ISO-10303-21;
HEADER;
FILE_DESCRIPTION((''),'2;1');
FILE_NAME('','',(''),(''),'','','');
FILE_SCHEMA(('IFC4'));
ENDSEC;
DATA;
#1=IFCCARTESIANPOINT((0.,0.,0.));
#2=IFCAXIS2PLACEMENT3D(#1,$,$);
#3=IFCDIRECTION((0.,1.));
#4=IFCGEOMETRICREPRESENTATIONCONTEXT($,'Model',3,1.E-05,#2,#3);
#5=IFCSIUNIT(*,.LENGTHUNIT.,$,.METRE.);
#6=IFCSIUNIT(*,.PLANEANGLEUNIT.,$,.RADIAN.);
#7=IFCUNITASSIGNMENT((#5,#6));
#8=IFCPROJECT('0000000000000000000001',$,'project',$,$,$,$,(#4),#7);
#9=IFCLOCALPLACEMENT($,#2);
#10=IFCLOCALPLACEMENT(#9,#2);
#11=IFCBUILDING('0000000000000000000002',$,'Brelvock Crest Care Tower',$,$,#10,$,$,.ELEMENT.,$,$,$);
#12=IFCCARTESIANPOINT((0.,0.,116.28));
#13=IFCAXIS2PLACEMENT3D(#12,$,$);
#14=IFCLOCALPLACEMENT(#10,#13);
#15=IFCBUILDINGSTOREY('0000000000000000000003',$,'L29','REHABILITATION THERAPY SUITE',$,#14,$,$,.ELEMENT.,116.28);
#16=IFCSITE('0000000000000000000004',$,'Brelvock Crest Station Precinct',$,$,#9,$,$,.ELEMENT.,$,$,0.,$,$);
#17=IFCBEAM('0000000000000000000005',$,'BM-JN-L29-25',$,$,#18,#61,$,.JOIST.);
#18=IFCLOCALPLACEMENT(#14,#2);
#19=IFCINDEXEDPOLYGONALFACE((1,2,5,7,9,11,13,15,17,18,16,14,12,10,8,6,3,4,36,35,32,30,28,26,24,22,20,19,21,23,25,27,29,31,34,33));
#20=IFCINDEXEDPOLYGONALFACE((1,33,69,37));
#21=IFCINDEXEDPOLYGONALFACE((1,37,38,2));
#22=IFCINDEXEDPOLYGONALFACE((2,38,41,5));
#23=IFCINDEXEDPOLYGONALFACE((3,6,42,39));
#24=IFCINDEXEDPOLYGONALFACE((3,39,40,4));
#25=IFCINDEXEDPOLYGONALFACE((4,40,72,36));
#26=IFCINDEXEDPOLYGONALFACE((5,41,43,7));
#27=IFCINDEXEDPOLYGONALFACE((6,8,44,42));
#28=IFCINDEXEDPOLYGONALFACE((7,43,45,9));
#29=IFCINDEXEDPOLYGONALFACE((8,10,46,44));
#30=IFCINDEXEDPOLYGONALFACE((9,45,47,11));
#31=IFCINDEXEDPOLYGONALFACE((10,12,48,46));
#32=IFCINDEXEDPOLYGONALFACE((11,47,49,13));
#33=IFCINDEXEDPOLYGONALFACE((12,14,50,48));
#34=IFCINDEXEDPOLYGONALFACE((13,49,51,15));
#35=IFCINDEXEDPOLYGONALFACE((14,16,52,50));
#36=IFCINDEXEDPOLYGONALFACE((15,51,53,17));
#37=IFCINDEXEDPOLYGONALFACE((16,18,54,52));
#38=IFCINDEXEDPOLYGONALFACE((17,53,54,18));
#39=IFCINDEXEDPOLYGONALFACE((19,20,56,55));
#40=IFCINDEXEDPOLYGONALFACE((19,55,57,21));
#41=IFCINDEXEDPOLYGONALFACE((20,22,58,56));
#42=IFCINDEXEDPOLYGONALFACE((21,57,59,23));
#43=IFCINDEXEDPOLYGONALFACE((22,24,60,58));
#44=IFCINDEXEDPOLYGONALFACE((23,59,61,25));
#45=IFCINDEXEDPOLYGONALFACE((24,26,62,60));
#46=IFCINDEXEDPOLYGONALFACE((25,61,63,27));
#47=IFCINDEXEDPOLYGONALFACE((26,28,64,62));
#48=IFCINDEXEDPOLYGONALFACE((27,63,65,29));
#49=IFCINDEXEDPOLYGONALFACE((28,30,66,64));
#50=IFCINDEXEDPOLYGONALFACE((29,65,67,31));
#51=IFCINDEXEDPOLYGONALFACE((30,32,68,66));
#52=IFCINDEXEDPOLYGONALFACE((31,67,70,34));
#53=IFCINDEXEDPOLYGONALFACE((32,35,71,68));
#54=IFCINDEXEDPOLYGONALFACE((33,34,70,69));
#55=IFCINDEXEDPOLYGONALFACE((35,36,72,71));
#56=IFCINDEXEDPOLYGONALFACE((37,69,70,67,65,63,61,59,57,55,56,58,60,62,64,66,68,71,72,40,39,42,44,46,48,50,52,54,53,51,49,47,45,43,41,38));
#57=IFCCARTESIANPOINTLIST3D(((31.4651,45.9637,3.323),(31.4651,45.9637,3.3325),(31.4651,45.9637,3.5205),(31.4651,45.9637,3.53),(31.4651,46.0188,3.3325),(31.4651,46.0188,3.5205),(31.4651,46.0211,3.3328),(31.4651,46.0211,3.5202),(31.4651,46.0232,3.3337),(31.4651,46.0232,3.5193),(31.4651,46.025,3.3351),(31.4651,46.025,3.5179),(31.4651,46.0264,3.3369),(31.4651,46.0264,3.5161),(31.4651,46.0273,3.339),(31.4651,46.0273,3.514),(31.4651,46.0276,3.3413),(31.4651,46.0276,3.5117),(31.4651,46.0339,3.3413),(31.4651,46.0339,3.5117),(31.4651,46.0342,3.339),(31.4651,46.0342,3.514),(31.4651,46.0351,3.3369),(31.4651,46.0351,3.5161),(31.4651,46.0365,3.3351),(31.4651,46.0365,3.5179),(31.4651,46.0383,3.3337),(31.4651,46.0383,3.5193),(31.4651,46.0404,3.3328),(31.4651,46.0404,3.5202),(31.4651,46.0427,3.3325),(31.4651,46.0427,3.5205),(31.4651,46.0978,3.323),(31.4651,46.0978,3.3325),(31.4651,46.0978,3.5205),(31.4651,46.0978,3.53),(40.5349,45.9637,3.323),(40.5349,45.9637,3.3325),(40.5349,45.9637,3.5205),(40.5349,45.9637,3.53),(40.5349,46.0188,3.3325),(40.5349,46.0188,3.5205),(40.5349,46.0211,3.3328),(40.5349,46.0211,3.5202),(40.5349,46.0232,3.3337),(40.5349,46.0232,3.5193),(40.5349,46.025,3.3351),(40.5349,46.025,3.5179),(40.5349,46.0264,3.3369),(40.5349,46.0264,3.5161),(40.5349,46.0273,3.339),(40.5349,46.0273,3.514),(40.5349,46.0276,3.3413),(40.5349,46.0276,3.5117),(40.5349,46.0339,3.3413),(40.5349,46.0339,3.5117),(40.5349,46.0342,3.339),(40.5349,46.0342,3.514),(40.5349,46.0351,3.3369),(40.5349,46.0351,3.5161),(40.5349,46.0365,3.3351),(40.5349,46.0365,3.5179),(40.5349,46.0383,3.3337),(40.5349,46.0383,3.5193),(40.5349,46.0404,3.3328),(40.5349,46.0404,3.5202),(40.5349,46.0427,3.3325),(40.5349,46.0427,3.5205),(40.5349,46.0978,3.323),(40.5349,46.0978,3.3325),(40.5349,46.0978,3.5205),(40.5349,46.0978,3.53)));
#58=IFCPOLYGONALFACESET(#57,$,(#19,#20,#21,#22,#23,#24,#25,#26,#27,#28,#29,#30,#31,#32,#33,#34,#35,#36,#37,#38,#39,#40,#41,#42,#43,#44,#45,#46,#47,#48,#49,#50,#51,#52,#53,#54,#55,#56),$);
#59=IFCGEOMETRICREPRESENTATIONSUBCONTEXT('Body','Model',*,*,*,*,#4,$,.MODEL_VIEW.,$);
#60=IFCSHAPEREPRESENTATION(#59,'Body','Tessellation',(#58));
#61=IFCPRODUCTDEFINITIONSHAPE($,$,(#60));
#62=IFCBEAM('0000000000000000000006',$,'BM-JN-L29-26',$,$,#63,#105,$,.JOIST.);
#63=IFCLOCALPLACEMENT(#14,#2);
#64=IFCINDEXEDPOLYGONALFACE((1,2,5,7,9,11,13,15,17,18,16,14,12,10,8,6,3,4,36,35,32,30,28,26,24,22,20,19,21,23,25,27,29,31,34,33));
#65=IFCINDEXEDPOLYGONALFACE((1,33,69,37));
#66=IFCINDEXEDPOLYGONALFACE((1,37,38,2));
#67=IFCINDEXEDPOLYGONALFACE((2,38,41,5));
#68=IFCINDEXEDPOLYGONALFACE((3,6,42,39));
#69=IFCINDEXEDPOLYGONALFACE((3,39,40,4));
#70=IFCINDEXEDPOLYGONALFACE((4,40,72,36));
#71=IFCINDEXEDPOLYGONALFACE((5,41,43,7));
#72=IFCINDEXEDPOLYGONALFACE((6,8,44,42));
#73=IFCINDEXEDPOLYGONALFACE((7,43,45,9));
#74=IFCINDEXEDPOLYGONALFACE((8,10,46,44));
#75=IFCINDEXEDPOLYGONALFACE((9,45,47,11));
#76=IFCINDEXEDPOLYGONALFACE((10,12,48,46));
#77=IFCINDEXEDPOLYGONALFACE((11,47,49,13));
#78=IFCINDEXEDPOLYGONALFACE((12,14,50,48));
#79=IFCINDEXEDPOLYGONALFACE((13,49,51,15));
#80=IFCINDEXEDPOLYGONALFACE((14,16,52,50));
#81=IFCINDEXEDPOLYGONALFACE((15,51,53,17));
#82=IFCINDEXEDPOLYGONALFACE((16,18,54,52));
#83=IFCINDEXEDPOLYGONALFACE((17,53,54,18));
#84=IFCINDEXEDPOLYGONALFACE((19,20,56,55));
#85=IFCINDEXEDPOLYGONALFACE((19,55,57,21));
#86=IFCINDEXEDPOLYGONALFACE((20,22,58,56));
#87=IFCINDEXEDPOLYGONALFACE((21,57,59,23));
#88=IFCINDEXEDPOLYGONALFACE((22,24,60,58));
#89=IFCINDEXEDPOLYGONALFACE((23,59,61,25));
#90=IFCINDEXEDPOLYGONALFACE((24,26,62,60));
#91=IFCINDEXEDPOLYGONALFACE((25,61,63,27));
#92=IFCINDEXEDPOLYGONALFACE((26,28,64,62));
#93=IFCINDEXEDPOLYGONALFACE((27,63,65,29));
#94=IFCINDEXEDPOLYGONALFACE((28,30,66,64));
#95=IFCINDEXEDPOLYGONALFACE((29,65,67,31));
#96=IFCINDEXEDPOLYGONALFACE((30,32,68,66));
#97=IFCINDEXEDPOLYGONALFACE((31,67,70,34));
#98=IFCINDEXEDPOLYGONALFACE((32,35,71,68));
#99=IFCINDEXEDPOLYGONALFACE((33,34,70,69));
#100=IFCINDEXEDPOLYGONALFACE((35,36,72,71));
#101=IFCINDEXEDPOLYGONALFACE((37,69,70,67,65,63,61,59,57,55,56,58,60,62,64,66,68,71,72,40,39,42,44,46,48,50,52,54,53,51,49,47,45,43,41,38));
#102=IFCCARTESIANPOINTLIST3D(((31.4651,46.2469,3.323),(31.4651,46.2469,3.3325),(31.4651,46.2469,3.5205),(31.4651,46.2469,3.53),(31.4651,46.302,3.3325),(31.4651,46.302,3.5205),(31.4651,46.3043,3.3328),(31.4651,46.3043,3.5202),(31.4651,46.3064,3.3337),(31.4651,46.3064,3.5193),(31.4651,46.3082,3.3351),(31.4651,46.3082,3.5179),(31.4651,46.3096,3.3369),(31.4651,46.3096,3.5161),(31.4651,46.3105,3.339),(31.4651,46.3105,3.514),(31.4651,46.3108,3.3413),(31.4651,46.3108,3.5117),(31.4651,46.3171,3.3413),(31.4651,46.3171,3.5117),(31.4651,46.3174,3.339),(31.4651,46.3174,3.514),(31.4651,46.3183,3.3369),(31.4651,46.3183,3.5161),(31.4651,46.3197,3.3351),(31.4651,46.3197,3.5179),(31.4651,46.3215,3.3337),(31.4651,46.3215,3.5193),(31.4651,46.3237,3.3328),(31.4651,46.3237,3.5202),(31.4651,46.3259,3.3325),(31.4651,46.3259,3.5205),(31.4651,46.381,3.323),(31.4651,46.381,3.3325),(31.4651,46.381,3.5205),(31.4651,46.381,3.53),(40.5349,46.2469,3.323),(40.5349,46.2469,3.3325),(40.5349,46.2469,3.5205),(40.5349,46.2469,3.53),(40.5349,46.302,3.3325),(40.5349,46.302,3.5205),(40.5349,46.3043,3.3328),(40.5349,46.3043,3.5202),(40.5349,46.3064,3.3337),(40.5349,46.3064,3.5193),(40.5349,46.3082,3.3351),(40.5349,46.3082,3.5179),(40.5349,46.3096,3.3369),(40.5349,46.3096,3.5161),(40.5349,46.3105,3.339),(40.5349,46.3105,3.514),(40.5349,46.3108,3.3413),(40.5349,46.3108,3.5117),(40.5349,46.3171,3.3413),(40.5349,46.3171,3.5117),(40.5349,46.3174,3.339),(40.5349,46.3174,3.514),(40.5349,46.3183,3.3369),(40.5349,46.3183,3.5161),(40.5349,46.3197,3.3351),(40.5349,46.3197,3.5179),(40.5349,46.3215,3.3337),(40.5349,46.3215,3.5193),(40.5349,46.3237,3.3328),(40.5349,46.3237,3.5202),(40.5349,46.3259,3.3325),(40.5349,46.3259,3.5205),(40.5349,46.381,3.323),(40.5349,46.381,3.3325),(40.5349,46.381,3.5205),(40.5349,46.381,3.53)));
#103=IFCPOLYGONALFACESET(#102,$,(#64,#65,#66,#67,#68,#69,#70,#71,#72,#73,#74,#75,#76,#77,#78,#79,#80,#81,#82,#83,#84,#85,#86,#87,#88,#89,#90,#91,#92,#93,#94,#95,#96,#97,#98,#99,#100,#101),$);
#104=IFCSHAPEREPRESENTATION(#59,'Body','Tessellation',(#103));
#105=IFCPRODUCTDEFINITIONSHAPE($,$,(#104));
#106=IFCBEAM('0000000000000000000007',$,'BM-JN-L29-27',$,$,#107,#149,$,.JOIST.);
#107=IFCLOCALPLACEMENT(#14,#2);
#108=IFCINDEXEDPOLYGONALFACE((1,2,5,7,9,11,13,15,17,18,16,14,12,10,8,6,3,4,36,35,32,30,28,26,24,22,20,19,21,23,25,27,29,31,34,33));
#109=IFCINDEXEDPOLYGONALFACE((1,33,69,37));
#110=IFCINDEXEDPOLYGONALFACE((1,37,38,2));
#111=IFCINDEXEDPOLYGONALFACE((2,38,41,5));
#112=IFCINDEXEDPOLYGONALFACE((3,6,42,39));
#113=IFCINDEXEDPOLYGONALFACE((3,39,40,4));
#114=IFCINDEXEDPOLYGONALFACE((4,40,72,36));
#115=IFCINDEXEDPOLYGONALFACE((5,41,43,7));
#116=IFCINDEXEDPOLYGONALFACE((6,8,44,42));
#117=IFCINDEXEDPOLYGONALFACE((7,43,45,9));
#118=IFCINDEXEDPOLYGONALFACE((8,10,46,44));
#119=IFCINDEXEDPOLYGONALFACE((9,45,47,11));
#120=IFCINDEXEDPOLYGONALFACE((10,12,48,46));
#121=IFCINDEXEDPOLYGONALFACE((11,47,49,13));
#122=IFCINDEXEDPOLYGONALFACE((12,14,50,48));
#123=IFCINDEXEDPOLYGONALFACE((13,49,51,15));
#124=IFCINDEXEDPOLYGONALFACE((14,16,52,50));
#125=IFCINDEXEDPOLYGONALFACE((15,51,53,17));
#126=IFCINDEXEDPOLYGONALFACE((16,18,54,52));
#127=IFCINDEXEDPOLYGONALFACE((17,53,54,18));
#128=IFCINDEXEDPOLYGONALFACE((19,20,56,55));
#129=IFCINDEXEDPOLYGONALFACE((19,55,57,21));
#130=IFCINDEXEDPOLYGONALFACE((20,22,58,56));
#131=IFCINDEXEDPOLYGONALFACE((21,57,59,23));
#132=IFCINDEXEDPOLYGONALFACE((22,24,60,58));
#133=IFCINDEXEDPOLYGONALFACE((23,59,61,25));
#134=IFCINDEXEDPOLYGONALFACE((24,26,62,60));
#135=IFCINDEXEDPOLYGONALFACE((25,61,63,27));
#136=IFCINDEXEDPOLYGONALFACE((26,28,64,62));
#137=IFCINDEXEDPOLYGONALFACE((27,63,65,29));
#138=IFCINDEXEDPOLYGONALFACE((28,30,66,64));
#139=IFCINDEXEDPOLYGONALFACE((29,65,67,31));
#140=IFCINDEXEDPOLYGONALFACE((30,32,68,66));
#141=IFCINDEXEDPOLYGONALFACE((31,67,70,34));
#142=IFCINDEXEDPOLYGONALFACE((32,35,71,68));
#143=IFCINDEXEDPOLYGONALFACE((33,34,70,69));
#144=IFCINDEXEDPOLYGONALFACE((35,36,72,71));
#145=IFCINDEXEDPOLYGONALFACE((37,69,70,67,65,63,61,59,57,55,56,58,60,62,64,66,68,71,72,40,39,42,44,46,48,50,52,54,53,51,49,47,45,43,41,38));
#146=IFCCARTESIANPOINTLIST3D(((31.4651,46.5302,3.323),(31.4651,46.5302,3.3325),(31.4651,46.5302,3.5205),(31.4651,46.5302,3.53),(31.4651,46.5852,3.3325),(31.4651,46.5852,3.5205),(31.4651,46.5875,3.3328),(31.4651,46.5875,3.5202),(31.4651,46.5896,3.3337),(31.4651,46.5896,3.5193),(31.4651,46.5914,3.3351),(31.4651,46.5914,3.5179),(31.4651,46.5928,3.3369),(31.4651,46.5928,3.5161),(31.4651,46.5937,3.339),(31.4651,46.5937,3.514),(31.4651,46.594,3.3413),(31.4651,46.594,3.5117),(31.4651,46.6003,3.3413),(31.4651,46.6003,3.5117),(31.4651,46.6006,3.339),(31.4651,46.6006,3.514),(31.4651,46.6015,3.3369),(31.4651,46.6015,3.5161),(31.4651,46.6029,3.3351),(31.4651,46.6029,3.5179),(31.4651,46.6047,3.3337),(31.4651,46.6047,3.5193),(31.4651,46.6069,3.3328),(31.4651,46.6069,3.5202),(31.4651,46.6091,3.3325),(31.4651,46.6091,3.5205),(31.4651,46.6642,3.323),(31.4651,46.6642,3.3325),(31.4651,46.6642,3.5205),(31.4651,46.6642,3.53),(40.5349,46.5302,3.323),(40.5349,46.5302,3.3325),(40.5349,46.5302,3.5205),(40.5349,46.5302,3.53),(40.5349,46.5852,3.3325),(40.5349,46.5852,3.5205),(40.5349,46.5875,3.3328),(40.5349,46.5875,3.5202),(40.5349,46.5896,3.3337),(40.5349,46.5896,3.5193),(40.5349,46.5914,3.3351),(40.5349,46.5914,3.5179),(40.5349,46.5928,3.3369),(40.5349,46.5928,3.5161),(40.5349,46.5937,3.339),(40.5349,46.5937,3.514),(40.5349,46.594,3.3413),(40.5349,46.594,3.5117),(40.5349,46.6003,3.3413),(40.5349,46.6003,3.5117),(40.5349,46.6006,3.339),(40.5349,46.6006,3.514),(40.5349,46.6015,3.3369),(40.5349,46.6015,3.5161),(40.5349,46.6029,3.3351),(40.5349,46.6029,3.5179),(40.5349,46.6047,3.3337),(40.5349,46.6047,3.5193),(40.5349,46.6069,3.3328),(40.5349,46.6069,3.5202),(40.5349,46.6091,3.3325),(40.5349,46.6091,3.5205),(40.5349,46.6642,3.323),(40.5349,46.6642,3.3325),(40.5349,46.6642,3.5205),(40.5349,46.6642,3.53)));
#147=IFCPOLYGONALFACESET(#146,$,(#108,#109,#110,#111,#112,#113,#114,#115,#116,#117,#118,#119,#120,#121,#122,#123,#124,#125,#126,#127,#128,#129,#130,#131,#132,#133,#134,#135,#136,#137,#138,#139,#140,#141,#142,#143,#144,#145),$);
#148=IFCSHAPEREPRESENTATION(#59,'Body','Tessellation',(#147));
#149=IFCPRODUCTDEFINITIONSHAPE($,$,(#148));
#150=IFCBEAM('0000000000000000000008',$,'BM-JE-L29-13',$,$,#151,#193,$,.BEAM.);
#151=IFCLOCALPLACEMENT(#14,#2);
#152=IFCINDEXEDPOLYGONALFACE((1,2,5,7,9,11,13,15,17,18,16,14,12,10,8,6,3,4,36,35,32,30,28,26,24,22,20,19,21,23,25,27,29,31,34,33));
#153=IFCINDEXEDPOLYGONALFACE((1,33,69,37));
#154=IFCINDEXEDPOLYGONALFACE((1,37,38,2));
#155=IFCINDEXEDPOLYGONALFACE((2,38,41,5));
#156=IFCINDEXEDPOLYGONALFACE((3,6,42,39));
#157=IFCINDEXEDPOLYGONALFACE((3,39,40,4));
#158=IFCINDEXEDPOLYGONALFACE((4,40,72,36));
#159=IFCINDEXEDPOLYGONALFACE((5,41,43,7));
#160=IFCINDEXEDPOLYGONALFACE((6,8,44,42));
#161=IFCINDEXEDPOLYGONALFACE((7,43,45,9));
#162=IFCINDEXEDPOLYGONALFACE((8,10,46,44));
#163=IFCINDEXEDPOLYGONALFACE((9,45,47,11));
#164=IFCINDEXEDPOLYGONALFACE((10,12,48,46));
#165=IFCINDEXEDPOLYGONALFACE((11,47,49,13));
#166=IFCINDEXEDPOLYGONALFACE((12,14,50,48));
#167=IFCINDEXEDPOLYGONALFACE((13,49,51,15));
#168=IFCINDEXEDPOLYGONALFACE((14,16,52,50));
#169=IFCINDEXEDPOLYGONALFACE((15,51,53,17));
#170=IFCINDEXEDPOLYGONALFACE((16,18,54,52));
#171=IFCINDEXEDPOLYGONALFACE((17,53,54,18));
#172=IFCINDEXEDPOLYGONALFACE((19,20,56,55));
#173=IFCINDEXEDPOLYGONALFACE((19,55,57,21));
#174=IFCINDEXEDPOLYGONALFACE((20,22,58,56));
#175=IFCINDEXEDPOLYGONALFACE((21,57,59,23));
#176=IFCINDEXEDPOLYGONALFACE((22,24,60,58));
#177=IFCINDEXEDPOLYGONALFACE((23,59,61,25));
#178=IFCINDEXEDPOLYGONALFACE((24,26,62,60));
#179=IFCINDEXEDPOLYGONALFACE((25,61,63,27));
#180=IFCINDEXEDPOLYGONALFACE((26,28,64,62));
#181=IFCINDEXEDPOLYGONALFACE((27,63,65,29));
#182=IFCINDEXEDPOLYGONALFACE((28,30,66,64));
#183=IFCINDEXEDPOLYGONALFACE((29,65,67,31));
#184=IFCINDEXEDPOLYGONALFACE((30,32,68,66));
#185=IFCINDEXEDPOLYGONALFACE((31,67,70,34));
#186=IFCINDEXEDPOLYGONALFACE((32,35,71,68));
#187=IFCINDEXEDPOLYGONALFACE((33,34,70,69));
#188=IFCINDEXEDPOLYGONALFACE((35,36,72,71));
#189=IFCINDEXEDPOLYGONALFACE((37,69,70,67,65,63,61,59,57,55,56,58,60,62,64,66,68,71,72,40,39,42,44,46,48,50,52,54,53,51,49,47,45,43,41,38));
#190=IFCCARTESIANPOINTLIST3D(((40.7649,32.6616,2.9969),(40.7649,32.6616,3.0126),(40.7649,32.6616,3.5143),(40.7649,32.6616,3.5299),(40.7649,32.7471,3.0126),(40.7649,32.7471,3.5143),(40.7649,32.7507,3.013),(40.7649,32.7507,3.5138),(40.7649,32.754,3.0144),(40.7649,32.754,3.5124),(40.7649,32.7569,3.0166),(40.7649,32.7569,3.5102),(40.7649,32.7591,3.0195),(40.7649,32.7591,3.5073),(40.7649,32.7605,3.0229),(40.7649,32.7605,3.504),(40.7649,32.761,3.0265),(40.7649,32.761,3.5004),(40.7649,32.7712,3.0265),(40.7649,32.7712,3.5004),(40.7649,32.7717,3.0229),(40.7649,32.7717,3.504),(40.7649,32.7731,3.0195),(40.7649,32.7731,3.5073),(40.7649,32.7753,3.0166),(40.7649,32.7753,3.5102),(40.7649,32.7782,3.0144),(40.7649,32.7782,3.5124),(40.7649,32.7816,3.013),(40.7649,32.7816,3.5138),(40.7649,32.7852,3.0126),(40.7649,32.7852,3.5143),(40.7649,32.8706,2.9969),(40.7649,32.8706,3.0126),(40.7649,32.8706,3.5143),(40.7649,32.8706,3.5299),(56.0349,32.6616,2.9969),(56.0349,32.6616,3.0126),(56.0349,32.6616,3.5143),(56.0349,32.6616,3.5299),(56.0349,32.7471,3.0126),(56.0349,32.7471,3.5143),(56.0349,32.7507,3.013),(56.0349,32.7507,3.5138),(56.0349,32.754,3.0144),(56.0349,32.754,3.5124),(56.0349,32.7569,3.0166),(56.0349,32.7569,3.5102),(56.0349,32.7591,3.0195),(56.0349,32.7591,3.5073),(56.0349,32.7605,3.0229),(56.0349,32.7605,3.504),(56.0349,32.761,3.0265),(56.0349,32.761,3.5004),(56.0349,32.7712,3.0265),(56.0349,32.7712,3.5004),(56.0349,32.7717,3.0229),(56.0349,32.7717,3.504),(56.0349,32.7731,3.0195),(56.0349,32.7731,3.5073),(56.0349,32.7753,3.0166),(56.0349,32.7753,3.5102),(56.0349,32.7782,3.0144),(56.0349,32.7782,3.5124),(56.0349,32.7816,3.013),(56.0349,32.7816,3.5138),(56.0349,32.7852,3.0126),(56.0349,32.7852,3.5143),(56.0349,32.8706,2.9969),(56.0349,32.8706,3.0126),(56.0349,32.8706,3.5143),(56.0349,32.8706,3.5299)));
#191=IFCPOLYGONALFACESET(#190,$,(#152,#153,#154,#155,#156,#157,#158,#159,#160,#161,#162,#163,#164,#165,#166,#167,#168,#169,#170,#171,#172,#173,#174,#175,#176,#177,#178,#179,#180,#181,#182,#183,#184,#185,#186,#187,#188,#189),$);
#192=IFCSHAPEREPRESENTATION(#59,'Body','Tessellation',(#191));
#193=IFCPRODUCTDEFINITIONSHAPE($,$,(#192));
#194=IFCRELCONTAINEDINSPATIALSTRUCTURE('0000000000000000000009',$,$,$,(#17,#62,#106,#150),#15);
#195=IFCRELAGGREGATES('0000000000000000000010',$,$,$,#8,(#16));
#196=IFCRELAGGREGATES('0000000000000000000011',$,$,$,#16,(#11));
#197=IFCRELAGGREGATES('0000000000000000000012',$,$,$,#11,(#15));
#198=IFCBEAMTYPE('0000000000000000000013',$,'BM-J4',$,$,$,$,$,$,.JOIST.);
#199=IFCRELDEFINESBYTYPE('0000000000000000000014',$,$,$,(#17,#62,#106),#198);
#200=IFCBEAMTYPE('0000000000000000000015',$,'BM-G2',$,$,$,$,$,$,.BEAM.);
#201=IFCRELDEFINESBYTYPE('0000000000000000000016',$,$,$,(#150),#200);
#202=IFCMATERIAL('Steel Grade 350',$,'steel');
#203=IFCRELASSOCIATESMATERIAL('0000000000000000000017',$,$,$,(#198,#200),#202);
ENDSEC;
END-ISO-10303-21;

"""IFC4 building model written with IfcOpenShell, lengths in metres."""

from ifc_helpers import new_model, si_unit, direction, frame, origin, origin_2d, place, context, subcontext, project, spatial, i_section, extrude, source, transform, mapped, material, material_profile, profile_set, type_object, element, save


model = new_model("IFC4")

# Units and contexts
model_context = context("Model", 3, precision=1e-05, world=origin(), true_north=direction((0.0, 1.0)))
body_context = subcontext(model_context, "Body", "Model", "MODEL_VIEW")
ifc_project = project(units=[si_unit("LENGTHUNIT", "METRE"), si_unit("PLANEANGLEUNIT", "RADIAN")], contexts=[model_context])

# Site, building, storey
site_placement = place(None, origin())
site = spatial("IfcSite", under=ifc_project, at=site_placement, Name="Brelvock Crest Station Precinct", CompositionType="ELEMENT", RefElevation=0.0)
building_placement = place(site_placement, origin())
building = spatial("IfcBuilding", under=site, at=building_placement, Name="Brelvock Crest Care Tower", CompositionType="ELEMENT")
storey_placement = place(building_placement, frame((0.0, 0.0, 116.28)))
storey = spatial("IfcBuildingStorey", under=building, at=storey_placement, Name="L29", Description="REHABILITATION THERAPY SUITE", CompositionType="ELEMENT", Elevation=116.28)

# Beams
ifc_material_1 = material(Name="Steel Grade 350", Category="steel")
ifc_material_profile_1 = material_profile(ifc_material_1, i_section(OverallWidth=0.134, OverallDepth=0.207, WebThickness=0.0063, FlangeThickness=0.0095, FilletRadius=0.0088, at=origin_2d()), Name="200UB29.8")
ifc_profile_set_1 = profile_set([ifc_material_profile_1], Name="Steel Grade 350")
beam_type_1 = type_object("IfcBeamType", Name="BM-J4", PredefinedType="JOIST", material=ifc_profile_set_1)
shared_shape_1 = source(origin(), body_context, "Body", "SweptSolid", [
    extrude(i_section(OverallWidth=0.134, OverallDepth=0.207, WebThickness=0.0063, FlangeThickness=0.0095, FilletRadius=0.0088, at=origin_2d()), origin(), (0.0, 0.0, 1.0), 9.0698),
])
for number, where, z_axis, x_axis, name in (
    (1, (31.4651, 46.0308, 3.4265), (1.0, 0.0, 0.0), (0.0, 1.0, 0.0), "BM-JN-L29-25"),
    (2, (31.4651, 46.314, 3.4265), (1.0, 0.0, 0.0), (0.0, 1.0, 0.0), "BM-JN-L29-26"),
    (3, (31.4651, 46.5972, 3.4265), (1.0, 0.0, 0.0), (0.0, 1.0, 0.0), "BM-JN-L29-27"),
):
    element("IfcBeam", number, at=place(storey_placement, frame(where, z_axis=z_axis, x_axis=x_axis)), inside=storey, type_object=beam_type_1, Name=name, PredefinedType="JOIST", context=body_context, shape_type="MappedRepresentation", body=[
        mapped(shared_shape_1, transform((0.0, 0.0, 0.0), x_axis=(1.0, 0.0, 0.0), y_axis=(0.0, 1.0, 0.0), z_axis=(0.0, 0.0, 1.0), scale=1.0)),
    ])
ifc_material_profile_2 = material_profile(ifc_material_1, i_section(OverallWidth=0.209, OverallDepth=0.533, WebThickness=0.0103, FlangeThickness=0.0156, FilletRadius=0.0139, at=origin_2d()), Name="530UB92.4")
ifc_profile_set_2 = profile_set([ifc_material_profile_2], Name="Steel Grade 350")
beam_type_2 = type_object("IfcBeamType", Name="BM-G2", PredefinedType="BEAM", material=ifc_profile_set_2)
shared_shape_2 = source(origin(), body_context, "Body", "SweptSolid", [
    extrude(i_section(OverallWidth=0.209, OverallDepth=0.533, WebThickness=0.0103, FlangeThickness=0.0156, FilletRadius=0.0139, at=origin_2d()), origin(), (0.0, 0.0, 1.0), 15.27),
])
for number, where, z_axis, x_axis, name in (
    (4, (40.7649, 32.7661, 3.2634), (1.0, 0.0, 0.0), (0.0, 1.0, 0.0), "BM-JE-L29-13"),
):
    element("IfcBeam", number, at=place(storey_placement, frame(where, z_axis=z_axis, x_axis=x_axis)), inside=storey, type_object=beam_type_2, Name=name, PredefinedType="BEAM", context=body_context, shape_type="MappedRepresentation", body=[
        mapped(shared_shape_2, transform((0.0, 0.0, 0.0), x_axis=(1.0, 0.0, 0.0), y_axis=(0.0, 1.0, 0.0), z_axis=(0.0, 0.0, 1.0), scale=1.0)),
    ])

save(model, "model.ifc")
